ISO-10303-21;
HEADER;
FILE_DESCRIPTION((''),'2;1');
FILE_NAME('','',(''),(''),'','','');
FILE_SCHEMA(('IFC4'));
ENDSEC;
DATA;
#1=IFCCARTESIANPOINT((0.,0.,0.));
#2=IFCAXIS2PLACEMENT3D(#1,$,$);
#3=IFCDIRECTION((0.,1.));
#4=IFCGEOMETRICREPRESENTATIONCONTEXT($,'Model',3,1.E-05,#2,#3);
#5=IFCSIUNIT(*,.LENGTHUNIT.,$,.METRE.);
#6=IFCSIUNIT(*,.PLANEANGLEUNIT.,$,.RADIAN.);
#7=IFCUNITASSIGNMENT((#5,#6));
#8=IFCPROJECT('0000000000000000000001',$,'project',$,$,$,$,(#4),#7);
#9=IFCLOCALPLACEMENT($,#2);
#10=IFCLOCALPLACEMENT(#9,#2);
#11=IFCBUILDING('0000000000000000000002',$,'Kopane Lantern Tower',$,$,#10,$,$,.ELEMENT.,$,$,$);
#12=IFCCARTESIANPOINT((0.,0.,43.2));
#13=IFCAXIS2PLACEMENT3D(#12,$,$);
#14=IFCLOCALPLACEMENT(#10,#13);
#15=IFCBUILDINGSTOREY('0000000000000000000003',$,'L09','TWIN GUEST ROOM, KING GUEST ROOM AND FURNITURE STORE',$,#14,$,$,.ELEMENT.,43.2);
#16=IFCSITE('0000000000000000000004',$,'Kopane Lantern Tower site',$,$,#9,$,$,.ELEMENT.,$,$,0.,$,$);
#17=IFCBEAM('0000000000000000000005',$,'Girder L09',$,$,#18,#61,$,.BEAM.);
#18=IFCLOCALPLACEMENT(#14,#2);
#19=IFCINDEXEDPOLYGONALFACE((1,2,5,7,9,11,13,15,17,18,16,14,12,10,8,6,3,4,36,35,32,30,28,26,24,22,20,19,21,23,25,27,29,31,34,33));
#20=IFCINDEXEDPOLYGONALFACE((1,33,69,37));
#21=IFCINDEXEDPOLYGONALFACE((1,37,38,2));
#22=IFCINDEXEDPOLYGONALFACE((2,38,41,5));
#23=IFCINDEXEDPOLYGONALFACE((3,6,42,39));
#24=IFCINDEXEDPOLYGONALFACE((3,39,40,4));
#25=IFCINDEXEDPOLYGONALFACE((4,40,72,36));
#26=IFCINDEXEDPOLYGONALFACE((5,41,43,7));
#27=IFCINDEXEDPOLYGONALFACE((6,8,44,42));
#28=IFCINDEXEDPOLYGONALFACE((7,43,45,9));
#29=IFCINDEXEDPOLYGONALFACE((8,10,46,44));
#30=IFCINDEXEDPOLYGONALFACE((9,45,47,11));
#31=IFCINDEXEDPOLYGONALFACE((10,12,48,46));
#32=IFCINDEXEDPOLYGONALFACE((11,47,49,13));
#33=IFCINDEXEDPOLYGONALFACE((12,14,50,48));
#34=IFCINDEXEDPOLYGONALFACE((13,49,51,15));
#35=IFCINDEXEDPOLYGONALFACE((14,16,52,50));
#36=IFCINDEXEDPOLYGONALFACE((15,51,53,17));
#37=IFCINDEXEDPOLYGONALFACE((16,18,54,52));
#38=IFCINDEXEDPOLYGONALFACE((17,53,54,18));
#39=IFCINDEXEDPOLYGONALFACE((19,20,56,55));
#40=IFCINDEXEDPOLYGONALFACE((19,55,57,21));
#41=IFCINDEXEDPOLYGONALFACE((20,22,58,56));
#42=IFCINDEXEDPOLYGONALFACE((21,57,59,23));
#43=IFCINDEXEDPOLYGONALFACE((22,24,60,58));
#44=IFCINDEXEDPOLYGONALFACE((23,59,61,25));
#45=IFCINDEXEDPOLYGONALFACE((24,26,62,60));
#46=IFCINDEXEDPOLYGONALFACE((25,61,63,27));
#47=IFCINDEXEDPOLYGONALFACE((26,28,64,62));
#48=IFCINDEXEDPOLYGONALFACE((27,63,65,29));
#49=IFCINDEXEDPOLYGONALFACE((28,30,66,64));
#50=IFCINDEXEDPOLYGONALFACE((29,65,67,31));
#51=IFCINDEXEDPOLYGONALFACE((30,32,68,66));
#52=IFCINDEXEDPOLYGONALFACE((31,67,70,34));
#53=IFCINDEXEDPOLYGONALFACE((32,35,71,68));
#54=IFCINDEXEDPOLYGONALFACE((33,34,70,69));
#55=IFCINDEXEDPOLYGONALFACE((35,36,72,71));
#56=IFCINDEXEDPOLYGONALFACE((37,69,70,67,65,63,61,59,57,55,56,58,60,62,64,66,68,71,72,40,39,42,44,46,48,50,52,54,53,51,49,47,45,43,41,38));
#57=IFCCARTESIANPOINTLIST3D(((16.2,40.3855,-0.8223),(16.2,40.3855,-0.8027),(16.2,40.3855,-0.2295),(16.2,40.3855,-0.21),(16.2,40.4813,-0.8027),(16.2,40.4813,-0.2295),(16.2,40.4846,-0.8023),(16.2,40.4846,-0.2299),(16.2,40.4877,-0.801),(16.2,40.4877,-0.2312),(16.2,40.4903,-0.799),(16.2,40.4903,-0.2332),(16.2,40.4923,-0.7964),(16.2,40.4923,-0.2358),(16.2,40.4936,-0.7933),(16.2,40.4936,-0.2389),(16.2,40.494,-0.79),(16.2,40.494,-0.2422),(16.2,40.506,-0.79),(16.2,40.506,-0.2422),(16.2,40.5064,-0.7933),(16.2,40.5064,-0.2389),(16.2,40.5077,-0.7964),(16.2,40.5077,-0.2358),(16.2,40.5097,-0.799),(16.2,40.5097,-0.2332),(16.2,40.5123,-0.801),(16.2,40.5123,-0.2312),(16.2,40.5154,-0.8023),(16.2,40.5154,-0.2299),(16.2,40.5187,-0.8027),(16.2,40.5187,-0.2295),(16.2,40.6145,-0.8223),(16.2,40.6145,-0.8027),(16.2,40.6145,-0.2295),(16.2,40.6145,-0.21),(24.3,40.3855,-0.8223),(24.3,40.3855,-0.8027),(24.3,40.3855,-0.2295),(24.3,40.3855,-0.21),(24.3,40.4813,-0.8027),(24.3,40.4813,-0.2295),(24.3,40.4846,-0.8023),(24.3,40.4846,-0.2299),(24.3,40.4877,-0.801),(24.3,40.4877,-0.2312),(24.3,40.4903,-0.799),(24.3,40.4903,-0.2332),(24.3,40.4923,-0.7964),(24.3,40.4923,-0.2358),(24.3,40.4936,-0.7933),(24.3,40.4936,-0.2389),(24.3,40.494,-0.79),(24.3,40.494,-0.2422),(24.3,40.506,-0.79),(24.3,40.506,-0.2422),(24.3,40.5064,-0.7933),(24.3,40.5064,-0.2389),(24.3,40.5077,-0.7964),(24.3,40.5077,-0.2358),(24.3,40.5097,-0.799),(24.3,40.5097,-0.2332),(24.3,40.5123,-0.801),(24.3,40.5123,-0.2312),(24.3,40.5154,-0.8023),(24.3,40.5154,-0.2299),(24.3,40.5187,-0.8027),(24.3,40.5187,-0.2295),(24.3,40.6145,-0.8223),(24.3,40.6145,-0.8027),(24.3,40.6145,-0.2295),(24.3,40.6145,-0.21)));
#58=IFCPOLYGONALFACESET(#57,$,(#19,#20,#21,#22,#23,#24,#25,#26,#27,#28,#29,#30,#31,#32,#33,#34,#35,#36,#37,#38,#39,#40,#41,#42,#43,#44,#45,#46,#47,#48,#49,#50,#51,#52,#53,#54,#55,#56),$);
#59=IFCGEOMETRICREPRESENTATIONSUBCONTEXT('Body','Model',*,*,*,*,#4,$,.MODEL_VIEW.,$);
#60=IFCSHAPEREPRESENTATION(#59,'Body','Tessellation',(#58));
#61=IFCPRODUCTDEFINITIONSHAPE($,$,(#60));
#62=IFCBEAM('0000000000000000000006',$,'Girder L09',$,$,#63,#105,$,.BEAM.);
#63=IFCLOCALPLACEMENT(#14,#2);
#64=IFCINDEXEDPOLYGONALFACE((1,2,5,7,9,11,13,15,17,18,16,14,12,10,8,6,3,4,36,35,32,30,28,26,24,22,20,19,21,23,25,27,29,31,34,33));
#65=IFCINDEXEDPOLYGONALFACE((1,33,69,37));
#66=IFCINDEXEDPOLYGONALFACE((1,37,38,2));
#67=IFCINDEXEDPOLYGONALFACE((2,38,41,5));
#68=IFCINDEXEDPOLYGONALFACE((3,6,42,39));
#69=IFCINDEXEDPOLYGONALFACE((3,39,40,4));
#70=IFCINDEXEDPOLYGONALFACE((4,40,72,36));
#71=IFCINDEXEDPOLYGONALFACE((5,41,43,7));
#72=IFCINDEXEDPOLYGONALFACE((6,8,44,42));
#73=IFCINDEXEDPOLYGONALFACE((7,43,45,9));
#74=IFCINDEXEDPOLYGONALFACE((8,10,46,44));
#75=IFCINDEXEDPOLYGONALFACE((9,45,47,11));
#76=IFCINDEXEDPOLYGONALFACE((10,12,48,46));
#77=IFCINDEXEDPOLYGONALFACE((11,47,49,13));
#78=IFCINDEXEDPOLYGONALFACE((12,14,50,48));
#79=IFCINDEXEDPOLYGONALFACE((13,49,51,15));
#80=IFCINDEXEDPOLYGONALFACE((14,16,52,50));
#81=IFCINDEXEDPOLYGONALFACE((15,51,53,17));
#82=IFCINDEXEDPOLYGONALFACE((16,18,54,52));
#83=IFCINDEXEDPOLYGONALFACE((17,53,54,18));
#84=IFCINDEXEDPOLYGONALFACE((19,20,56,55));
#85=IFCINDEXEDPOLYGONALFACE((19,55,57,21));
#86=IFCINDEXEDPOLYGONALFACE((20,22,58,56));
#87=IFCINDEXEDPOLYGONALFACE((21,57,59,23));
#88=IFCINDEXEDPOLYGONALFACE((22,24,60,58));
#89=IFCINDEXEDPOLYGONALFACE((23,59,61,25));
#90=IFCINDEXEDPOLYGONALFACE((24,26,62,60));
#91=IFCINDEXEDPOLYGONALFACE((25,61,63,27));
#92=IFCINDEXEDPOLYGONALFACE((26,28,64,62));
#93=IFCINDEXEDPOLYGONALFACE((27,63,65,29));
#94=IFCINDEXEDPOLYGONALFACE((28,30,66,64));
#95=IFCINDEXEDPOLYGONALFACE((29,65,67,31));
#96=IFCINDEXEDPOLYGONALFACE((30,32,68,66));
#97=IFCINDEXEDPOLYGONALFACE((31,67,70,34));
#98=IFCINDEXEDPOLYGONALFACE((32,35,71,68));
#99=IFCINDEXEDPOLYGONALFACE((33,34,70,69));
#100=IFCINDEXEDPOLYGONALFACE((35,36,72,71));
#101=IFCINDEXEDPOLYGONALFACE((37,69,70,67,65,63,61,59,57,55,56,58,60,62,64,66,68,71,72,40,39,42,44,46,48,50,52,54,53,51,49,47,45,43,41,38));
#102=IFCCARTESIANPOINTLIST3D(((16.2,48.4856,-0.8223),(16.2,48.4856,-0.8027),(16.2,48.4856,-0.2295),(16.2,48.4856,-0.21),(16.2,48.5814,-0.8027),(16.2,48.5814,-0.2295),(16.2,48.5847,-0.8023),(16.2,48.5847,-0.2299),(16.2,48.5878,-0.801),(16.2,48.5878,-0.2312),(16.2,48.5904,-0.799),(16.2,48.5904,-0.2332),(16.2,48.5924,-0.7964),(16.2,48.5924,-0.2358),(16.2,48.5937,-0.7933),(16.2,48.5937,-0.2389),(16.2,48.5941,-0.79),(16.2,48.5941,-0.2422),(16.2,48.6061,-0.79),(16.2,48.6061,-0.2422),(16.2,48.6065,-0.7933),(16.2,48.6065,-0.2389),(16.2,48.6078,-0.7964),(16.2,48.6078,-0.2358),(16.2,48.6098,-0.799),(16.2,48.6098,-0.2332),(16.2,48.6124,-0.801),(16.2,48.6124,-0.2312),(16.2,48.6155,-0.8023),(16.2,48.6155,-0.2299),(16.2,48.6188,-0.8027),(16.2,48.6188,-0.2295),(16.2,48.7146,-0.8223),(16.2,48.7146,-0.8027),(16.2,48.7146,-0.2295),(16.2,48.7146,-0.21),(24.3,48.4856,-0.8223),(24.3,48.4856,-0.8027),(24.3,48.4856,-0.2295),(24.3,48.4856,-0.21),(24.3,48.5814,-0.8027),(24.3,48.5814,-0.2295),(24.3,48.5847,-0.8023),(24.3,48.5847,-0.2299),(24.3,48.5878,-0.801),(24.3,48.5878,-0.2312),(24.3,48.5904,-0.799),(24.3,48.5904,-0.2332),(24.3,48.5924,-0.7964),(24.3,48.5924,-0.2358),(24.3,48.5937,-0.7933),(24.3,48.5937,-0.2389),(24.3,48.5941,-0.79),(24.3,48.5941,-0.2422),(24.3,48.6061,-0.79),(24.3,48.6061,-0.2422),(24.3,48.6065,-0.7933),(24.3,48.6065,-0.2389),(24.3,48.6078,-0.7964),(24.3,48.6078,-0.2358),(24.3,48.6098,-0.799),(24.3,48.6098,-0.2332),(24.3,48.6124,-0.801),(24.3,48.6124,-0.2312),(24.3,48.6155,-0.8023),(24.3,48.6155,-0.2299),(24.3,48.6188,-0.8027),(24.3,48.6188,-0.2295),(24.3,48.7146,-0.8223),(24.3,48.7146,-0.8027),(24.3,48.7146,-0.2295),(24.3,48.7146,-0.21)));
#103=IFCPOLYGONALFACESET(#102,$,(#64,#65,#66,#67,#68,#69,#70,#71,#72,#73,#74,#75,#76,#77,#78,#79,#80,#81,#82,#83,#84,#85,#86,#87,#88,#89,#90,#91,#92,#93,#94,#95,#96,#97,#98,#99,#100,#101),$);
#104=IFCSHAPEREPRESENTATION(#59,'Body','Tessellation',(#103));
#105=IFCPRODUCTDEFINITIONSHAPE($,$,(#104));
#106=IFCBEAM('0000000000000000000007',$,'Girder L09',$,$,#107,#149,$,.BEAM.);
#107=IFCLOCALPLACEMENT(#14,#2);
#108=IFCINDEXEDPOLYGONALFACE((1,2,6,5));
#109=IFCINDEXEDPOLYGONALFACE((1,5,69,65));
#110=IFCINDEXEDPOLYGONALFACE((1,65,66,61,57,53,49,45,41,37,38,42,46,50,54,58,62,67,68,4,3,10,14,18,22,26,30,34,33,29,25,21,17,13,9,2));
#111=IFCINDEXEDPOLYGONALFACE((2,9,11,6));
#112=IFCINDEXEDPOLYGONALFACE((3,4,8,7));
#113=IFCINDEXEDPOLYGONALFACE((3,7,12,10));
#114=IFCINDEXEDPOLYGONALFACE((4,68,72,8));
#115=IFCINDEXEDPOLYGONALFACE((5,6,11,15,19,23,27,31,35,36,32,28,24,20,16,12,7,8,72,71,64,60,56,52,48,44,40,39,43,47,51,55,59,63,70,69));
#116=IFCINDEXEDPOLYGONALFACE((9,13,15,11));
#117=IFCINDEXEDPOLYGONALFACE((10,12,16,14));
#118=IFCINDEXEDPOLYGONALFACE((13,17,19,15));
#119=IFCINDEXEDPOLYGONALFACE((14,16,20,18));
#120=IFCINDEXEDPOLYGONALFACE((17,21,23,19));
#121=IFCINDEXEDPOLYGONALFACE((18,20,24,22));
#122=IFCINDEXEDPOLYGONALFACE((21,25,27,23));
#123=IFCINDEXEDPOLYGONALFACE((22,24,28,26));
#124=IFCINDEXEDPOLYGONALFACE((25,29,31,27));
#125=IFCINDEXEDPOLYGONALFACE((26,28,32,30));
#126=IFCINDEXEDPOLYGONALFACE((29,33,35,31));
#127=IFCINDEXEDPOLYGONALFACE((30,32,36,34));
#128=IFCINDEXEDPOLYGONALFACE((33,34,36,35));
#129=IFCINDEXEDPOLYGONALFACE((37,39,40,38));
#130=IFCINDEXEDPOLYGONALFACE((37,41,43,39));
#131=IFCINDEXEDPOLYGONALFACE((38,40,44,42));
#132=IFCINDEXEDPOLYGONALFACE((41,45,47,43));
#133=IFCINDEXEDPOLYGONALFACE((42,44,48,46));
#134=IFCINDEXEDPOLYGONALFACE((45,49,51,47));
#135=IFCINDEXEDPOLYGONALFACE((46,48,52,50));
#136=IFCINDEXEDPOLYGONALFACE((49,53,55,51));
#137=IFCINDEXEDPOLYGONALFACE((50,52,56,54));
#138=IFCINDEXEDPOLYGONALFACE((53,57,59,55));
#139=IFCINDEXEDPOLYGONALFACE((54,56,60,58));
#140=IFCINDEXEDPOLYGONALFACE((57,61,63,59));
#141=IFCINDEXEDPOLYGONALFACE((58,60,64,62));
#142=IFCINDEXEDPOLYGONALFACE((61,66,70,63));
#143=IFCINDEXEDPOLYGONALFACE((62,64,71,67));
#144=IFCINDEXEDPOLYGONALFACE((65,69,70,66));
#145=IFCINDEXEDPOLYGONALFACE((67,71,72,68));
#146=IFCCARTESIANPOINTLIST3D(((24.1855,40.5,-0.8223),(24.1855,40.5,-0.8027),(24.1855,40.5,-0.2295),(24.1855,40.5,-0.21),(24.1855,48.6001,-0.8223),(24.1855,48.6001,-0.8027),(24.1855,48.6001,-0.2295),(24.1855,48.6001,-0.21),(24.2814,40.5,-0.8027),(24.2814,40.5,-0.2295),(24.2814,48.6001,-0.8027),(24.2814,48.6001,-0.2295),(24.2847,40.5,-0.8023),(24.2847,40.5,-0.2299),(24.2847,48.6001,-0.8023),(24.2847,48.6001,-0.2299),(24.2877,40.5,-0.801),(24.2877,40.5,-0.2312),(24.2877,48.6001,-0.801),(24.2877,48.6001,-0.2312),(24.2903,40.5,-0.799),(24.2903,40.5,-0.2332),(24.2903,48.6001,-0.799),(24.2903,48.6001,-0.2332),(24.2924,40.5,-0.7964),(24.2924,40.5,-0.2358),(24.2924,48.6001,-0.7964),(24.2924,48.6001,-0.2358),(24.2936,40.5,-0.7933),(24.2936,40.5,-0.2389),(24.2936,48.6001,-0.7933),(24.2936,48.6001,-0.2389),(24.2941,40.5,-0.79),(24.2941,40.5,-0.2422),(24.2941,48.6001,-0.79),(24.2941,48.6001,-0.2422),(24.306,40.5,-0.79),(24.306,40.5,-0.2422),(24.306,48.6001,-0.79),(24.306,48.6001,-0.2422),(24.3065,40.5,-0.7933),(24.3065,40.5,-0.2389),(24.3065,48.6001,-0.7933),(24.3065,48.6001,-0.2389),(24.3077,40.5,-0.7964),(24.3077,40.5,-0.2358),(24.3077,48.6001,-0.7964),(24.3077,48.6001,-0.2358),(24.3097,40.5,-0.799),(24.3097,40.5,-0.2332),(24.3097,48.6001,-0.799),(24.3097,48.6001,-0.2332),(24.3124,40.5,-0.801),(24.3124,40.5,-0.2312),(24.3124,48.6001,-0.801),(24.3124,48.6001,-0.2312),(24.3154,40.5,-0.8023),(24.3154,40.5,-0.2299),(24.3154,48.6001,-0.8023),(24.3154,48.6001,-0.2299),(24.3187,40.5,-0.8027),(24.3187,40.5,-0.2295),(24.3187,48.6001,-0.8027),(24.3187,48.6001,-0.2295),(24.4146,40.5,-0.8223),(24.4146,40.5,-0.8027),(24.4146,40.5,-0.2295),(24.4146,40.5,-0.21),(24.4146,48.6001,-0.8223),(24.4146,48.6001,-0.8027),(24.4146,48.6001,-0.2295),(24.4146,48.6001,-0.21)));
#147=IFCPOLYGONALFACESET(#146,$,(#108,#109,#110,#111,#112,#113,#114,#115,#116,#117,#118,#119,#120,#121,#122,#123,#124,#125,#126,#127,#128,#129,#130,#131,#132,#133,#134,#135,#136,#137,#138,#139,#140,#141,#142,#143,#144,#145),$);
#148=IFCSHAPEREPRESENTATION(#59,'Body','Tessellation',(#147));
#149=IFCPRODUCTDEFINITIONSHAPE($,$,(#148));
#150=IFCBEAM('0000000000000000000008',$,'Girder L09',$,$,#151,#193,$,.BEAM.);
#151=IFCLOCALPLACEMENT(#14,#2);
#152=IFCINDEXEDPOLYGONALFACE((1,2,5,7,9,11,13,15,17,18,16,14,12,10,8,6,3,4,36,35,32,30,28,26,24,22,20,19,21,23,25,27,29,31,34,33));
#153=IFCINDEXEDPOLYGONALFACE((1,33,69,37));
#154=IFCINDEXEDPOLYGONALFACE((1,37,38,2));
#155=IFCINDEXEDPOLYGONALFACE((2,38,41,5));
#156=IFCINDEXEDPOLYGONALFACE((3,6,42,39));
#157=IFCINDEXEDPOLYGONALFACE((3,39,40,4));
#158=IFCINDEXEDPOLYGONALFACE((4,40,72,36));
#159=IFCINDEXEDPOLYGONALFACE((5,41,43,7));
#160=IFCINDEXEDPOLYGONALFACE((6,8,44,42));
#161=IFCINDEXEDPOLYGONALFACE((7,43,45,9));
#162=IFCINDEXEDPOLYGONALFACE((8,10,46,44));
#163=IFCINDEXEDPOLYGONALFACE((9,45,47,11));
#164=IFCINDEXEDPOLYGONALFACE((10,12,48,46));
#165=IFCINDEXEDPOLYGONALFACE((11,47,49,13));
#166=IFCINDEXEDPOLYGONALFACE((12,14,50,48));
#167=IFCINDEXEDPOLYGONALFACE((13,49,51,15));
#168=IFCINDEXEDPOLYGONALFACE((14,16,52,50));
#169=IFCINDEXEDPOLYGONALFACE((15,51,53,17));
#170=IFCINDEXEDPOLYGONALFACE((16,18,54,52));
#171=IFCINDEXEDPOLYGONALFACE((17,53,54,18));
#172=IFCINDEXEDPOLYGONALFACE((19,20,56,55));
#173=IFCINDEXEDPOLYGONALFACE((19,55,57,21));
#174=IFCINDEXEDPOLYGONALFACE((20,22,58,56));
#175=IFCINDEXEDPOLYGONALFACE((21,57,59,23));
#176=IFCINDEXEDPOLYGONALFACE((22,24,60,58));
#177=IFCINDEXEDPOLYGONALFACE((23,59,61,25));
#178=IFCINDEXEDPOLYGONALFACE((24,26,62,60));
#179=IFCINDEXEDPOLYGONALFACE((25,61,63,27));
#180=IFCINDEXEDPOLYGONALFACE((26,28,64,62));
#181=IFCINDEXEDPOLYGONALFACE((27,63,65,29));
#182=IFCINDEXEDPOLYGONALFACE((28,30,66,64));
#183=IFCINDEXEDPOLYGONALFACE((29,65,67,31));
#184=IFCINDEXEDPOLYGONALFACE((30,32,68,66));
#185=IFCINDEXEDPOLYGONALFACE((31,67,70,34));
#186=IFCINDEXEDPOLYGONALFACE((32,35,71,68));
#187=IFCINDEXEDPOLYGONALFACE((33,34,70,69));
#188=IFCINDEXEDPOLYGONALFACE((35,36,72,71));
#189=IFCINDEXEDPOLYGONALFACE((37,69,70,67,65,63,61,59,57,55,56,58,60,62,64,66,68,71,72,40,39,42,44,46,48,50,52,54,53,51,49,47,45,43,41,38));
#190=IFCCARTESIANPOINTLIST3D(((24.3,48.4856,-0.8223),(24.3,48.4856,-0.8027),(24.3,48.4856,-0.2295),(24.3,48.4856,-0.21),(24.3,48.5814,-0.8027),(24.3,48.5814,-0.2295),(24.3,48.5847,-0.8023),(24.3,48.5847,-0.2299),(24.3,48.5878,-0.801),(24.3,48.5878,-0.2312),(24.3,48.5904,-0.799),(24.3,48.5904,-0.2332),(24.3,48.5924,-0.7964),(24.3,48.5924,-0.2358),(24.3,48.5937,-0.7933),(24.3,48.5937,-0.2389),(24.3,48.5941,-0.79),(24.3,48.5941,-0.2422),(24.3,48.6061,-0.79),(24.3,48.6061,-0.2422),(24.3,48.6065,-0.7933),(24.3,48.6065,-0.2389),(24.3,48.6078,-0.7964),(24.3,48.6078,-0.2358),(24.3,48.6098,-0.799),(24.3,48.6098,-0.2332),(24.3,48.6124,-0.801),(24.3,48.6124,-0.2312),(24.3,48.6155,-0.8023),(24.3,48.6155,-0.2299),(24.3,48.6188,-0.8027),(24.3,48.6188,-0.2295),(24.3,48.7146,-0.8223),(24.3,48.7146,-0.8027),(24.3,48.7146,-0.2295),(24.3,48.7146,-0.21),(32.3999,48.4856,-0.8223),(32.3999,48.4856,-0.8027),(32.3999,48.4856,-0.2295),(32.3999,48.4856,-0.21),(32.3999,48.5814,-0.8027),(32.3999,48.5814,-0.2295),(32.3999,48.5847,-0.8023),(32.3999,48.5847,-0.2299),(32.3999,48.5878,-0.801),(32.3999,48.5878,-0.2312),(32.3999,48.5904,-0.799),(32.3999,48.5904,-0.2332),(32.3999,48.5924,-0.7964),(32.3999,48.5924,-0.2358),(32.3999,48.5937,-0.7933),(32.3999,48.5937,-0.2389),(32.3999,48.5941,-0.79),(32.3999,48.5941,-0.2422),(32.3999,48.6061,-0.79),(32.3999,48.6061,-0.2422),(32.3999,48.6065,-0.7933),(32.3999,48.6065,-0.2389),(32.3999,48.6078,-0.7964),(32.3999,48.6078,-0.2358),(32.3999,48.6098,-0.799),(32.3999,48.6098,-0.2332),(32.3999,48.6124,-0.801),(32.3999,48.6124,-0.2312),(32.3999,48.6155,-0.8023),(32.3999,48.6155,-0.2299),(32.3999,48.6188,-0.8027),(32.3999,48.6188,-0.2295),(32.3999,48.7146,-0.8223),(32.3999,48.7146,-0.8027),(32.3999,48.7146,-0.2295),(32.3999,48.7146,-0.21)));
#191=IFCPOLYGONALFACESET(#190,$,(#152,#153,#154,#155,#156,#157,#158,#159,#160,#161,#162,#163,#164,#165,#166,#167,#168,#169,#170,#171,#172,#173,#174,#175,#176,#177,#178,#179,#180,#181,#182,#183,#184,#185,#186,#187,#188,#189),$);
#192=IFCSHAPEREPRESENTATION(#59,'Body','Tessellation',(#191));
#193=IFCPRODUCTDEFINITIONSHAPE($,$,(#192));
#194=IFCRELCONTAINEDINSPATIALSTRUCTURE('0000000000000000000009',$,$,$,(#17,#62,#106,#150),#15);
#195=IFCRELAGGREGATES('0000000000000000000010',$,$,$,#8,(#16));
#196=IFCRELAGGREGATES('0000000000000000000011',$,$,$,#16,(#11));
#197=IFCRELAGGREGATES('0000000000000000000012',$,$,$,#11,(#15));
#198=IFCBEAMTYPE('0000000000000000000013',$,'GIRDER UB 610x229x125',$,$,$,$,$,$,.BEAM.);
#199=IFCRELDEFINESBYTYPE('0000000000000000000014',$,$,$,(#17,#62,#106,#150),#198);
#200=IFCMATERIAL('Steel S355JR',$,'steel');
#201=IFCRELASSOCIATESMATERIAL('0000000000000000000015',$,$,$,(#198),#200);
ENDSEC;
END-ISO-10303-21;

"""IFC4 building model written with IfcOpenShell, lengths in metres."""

from ifc_helpers import new_model, si_unit, direction, frame, origin, origin_2d, place, context, subcontext, project, spatial, i_section, extrude, material, material_profile, profile_set, type_object, element, save


model = new_model("IFC4")

# Units and contexts
model_context = context("Model", 3, precision=1e-05, world=origin(), true_north=direction((0.0, 1.0)))
body_context = subcontext(model_context, "Body", "Model", "MODEL_VIEW")
ifc_project = project(units=[si_unit("LENGTHUNIT", "METRE"), si_unit("PLANEANGLEUNIT", "RADIAN")], contexts=[model_context])

# Site, building, storey
site_placement = place(None, origin())
site = spatial("IfcSite", under=ifc_project, at=site_placement, Name="Kopane Lantern Tower site", CompositionType="ELEMENT", RefElevation=0.0)
building_placement = place(site_placement, origin())
building = spatial("IfcBuilding", under=site, at=building_placement, Name="Kopane Lantern Tower", CompositionType="ELEMENT")
storey_placement = place(building_placement, frame((0.0, 0.0, 43.2)))
storey = spatial("IfcBuildingStorey", under=building, at=storey_placement, Name="L09", Description="TWIN GUEST ROOM, KING GUEST ROOM AND FURNITURE STORE", CompositionType="ELEMENT", Elevation=43.2)

# Beams
ifc_material_1 = material(Name="Steel S355JR", Category="steel")
ifc_material_profile_1 = material_profile(ifc_material_1, i_section(OverallWidth=0.229, OverallDepth=0.6123, WebThickness=0.012, FlangeThickness=0.0195, FilletRadius=0.0127, at=origin_2d()), Name="UB 610x229x125")
ifc_profile_set_1 = profile_set([ifc_material_profile_1], Name="Steel S355JR")
beam_type_1 = type_object("IfcBeamType", Name="GIRDER UB 610x229x125", PredefinedType="BEAM", material=ifc_profile_set_1)
for number, where, z_axis, x_axis, name in (
    (1, (16.2, 40.5, -0.5161), (1.0, 0.0, 0.0), (0.0, 1.0, 0.0), "Girder L09"),
    (2, (16.2, 48.6001, -0.5161), (1.0, 0.0, 0.0), (0.0, 1.0, 0.0), "Girder L09"),
    (3, (24.3, 40.5, -0.5161), (0.0, 1.0, 0.0), (-1.0, 0.0, 0.0), "Girder L09"),
):
    element("IfcBeam", number, at=place(storey_placement, frame(where, z_axis=z_axis, x_axis=x_axis)), inside=storey, type_object=beam_type_1, Name=name, PredefinedType="BEAM", context=body_context, shape_type="SweptSolid", body=[
        extrude(i_section(OverallWidth=0.229, OverallDepth=0.6123, WebThickness=0.012, FlangeThickness=0.0195, FilletRadius=0.0127, at=origin_2d()), origin(), (0.0, 0.0, 1.0), 8.1001),
    ])
beam_1_placement = place(storey_placement, frame((24.3, 48.6001, -0.5161), z_axis=(1.0, 0.0, 0.0), x_axis=(0.0, 1.0, 0.0)))
element("IfcBeam", 4, at=beam_1_placement, inside=storey, type_object=beam_type_1, Name="Girder L09", PredefinedType="BEAM", context=body_context, shape_type="SweptSolid", body=[
    extrude(i_section(OverallWidth=0.229, OverallDepth=0.6123, WebThickness=0.012, FlangeThickness=0.0195, FilletRadius=0.0127, at=origin_2d()), origin(), (0.0, 0.0, 1.0), 8.0999),
])

save(model, "model.ifc")
